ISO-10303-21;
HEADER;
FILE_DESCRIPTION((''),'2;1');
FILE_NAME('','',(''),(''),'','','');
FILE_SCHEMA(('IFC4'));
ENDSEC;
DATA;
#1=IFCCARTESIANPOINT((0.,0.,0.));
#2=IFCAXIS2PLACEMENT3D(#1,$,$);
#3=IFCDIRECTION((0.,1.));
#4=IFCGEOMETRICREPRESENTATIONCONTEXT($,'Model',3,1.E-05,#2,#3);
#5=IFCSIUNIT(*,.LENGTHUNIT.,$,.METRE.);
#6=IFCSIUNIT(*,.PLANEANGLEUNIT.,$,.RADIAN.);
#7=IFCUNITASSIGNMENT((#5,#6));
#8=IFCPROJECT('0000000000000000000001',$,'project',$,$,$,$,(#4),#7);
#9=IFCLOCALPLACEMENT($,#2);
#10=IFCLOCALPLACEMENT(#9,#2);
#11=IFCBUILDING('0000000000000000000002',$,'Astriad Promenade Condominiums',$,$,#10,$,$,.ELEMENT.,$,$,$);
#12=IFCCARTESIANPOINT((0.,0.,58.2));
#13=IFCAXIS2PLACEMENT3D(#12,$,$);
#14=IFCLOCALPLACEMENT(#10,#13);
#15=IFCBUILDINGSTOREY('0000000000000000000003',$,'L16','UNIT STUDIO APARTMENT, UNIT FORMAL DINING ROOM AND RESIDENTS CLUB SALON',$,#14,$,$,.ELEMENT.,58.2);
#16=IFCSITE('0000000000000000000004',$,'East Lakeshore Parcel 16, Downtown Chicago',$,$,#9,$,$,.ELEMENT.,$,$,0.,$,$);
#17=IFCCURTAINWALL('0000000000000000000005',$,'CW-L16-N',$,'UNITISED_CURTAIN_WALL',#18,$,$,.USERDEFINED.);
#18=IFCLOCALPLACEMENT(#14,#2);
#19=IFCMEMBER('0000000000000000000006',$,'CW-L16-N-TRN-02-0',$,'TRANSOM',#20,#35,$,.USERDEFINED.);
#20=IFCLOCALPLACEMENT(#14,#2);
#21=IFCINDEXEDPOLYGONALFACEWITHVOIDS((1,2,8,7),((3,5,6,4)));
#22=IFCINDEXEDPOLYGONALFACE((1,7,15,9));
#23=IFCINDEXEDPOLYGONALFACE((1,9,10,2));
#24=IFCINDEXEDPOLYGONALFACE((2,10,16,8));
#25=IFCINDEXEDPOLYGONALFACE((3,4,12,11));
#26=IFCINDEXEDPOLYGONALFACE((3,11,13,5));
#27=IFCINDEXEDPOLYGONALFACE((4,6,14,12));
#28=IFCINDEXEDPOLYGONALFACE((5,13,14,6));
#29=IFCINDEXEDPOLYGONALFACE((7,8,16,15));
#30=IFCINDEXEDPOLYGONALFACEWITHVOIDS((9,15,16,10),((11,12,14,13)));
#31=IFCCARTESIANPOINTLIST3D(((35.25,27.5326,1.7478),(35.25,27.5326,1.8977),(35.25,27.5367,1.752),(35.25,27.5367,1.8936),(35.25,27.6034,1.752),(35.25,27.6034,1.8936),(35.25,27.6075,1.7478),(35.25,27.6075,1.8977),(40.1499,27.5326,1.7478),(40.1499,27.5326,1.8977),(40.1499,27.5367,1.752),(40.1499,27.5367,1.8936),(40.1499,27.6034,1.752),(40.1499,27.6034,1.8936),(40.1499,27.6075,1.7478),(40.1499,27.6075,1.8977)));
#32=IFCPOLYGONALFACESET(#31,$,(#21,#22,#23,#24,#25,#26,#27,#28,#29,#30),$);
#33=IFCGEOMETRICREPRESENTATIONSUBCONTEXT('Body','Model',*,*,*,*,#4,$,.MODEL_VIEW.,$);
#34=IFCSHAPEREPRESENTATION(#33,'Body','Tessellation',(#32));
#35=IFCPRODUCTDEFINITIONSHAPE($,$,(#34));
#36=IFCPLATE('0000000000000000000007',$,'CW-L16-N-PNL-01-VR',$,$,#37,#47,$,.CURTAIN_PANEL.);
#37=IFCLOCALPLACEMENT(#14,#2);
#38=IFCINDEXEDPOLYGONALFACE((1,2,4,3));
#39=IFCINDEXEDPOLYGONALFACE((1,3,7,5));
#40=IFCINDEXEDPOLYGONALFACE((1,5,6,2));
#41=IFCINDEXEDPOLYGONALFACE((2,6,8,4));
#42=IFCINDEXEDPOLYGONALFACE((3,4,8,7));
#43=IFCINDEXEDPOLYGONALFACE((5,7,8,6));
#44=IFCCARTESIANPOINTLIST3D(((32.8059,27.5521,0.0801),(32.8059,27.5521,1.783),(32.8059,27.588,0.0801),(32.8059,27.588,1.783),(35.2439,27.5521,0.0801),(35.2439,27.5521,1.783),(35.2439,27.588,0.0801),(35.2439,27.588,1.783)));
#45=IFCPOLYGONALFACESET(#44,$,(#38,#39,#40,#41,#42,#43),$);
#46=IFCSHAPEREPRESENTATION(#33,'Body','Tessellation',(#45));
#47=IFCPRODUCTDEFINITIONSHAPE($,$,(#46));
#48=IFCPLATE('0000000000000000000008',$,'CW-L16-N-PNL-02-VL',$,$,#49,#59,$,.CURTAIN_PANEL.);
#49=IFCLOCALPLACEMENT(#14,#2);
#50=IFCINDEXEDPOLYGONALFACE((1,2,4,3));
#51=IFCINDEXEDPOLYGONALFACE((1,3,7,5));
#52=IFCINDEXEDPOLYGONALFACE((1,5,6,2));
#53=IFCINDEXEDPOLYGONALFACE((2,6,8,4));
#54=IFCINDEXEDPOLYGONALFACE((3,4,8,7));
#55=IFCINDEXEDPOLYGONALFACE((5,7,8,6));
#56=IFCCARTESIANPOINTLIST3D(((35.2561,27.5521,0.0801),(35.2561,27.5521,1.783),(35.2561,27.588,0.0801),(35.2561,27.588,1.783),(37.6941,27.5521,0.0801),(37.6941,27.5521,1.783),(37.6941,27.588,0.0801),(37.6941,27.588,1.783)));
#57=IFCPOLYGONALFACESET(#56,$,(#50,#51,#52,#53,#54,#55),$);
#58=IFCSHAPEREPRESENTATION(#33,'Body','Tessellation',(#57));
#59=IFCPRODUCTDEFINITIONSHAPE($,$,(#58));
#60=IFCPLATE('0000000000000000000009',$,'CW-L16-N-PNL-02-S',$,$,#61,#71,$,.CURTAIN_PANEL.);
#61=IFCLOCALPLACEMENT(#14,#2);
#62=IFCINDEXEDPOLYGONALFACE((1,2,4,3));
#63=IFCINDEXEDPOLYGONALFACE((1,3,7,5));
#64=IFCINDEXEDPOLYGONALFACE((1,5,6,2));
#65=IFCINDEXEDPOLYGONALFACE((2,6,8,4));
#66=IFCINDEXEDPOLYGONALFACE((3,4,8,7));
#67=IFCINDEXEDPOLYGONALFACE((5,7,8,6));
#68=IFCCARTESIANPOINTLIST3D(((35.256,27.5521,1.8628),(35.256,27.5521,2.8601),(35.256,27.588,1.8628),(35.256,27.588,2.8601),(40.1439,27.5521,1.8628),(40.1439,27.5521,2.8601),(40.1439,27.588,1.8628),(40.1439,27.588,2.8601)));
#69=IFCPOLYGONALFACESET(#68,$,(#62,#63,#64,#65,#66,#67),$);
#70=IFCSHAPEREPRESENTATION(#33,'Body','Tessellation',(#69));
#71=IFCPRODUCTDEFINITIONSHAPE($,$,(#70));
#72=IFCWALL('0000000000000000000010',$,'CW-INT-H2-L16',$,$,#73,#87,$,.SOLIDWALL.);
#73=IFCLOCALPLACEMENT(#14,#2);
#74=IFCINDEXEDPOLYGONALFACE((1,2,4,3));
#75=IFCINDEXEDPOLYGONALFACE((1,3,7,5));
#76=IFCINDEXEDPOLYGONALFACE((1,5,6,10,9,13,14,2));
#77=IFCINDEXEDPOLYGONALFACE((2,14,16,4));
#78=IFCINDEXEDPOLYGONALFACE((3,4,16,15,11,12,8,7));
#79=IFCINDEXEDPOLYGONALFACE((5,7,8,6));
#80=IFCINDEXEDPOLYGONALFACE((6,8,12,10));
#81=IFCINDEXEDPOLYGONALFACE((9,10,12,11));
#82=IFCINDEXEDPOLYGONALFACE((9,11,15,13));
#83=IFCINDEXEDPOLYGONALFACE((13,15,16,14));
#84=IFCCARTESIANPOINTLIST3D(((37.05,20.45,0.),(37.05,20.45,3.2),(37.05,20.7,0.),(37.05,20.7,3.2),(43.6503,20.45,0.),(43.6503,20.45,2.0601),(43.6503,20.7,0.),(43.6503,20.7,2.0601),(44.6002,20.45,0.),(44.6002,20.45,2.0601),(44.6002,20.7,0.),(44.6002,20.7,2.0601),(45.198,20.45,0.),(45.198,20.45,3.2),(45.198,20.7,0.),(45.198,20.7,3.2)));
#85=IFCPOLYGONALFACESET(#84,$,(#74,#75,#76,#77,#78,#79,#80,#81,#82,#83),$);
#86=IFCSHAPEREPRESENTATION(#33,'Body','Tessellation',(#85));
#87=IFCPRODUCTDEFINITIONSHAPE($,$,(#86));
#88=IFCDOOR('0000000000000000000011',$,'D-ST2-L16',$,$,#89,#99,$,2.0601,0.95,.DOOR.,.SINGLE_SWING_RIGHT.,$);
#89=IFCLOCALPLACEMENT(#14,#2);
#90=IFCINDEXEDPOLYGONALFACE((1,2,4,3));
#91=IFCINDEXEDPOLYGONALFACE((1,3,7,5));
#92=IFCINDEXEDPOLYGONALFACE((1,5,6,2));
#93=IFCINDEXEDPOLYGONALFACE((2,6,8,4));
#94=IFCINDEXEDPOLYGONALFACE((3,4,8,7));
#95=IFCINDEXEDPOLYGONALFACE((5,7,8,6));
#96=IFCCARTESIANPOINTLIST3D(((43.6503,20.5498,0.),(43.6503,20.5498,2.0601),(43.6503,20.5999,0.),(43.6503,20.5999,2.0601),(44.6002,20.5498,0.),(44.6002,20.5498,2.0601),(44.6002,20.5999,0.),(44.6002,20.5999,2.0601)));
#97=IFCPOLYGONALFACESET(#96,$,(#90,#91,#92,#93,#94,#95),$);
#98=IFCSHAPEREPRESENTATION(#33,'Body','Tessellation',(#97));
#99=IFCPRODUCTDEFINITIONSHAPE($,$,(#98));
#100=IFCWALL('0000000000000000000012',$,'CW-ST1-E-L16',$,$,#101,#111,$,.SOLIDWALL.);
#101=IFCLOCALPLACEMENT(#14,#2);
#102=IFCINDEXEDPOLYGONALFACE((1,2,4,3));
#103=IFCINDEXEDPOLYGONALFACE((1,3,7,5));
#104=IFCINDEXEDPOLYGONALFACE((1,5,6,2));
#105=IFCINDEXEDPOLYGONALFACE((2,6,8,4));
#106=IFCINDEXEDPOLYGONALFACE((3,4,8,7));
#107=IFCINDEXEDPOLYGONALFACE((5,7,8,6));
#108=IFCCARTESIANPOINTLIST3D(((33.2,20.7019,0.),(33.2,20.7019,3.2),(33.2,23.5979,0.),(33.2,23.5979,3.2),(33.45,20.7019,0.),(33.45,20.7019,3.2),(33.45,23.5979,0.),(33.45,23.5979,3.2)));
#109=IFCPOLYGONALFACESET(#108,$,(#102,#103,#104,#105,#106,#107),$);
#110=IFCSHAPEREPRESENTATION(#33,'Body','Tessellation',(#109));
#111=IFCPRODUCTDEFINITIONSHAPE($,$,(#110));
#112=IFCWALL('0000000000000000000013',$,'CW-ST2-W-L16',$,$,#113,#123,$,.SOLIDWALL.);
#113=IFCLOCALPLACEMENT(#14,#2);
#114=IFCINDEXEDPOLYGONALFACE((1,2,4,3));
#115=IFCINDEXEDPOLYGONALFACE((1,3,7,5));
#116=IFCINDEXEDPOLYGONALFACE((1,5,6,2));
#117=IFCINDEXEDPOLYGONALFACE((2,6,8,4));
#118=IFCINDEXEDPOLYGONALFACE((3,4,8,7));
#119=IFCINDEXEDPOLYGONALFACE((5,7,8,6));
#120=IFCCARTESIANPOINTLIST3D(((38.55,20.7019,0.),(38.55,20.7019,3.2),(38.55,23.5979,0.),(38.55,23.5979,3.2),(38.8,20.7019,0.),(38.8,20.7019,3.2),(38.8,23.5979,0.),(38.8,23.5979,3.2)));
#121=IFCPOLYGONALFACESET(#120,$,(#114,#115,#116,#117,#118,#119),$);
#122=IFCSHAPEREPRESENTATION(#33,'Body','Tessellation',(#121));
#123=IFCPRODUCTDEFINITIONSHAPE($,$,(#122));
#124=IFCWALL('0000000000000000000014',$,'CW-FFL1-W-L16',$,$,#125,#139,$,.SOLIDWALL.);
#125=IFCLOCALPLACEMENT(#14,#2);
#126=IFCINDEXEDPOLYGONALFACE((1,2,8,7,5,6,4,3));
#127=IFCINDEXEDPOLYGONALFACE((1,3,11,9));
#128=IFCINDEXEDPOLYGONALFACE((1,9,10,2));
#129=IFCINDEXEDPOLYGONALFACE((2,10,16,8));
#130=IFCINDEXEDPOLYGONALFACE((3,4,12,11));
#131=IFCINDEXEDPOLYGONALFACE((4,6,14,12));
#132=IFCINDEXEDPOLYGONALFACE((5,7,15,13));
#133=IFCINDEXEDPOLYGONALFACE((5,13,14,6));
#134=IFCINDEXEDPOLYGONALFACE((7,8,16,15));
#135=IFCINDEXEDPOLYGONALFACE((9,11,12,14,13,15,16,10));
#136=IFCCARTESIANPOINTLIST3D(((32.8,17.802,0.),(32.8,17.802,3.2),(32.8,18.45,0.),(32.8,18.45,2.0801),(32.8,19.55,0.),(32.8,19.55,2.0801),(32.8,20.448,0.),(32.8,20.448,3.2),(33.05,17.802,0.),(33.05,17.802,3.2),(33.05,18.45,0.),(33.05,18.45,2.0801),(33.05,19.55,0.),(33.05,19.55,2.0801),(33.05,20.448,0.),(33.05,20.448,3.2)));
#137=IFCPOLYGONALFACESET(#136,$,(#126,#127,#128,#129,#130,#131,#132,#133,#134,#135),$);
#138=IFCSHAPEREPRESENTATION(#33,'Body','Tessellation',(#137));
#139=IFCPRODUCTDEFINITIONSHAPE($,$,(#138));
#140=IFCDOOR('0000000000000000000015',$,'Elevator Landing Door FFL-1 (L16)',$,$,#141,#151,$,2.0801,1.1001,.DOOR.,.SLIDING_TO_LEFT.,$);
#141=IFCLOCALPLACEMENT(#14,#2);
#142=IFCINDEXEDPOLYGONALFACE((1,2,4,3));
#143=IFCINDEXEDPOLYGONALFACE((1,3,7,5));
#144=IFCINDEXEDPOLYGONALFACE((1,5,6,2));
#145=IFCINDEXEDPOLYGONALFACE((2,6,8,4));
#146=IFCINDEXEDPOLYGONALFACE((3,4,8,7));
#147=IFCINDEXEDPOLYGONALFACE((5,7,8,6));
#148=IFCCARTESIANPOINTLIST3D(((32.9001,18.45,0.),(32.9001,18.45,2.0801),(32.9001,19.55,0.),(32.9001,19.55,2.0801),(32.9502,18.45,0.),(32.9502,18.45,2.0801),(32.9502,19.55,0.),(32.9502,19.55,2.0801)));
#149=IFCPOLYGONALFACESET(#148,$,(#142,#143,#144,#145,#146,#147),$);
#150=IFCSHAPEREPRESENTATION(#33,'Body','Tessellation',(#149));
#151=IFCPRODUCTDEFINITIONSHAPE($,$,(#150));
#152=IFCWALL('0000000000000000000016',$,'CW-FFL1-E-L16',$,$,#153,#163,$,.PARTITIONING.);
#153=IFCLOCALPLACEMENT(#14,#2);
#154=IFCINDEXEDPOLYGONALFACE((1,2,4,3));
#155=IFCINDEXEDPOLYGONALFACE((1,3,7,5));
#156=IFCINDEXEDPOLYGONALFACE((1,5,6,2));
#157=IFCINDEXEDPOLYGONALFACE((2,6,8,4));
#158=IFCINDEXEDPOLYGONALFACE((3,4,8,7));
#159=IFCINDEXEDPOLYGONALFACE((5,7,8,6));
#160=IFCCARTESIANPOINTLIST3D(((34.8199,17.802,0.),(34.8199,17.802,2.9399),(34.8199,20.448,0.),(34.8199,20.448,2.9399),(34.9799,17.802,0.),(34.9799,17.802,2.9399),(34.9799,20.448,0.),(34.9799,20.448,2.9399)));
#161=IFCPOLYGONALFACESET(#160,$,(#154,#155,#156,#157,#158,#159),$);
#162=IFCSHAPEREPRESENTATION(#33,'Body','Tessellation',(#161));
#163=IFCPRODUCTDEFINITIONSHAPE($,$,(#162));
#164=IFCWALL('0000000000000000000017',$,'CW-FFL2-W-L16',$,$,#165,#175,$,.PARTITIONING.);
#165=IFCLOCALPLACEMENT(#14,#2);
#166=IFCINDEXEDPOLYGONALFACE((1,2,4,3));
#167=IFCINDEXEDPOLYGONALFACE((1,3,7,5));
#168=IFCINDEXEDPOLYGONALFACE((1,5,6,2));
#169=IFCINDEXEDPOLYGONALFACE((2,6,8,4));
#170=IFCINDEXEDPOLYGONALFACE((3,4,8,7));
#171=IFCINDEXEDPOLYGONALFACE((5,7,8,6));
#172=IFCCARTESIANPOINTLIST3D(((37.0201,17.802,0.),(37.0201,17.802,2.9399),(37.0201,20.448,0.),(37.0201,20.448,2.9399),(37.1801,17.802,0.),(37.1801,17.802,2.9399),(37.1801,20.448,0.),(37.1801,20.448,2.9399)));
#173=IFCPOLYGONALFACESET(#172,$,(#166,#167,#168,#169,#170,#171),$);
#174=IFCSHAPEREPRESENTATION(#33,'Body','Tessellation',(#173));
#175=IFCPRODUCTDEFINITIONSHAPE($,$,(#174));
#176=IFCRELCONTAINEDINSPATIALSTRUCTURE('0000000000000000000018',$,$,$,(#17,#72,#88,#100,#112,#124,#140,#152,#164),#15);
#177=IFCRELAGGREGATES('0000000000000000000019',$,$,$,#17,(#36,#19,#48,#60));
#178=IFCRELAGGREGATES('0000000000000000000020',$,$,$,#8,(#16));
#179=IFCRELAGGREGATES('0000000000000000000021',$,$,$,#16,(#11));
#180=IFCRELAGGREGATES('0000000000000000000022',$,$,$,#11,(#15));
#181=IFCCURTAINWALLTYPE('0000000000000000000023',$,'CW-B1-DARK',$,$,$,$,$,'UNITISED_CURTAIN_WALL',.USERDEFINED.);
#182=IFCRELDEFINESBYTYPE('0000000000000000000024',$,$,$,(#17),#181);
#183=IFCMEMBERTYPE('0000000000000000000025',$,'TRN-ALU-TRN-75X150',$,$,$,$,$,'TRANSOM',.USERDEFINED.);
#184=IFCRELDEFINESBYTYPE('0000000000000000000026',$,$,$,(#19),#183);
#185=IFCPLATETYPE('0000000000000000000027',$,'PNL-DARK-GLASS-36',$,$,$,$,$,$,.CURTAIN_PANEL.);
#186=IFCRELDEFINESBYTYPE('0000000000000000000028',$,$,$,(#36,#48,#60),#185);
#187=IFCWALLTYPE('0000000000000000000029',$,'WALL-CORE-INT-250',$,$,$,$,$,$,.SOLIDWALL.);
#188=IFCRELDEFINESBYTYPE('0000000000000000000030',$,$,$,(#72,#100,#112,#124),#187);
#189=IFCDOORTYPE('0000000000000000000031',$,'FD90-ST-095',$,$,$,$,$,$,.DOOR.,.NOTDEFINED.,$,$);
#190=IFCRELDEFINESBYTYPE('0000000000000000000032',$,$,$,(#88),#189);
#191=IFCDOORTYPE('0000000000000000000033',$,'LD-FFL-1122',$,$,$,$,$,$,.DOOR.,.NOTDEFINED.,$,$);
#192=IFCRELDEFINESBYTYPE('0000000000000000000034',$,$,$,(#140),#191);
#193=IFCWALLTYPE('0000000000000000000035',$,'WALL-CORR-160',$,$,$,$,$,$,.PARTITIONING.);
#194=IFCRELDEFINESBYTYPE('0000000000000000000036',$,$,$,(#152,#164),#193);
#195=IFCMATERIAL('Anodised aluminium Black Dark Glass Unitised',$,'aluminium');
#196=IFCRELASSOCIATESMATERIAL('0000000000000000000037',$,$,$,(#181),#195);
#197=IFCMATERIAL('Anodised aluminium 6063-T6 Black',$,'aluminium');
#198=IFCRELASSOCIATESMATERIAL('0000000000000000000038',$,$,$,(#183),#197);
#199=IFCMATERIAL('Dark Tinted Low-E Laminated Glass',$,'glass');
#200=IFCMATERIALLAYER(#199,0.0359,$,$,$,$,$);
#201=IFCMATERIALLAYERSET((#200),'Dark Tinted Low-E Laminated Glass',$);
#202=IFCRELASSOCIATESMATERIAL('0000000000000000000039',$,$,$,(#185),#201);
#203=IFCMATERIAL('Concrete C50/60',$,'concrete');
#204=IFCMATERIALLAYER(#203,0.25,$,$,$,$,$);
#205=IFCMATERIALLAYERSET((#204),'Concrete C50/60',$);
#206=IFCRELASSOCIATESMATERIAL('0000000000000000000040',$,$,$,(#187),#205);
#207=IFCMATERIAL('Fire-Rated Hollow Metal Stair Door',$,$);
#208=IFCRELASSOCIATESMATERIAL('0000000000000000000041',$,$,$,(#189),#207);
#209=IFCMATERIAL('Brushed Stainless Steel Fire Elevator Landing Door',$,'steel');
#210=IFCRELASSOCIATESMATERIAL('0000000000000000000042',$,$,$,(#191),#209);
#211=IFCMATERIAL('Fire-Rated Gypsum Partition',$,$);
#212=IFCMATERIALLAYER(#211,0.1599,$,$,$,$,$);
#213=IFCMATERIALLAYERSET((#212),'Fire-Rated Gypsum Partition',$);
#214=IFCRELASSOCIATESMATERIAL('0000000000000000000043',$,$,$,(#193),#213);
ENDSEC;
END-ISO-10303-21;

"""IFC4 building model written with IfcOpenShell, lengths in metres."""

from ifc_helpers import new_model, si_unit, direction, frame, frame_2d, origin, origin_2d, place, context, subcontext, project, spatial, rectangle, hollow_rectangle, extrude, source, transform, mapped, material, layer, layer_set, material_profile, profile_set, type_object, type_shapes, element, fill, aggregate, save


model = new_model("IFC4")

# Units and contexts
model_context = context("Model", 3, precision=1e-05, world=origin(), true_north=direction((0.0, 1.0)))
body_context = subcontext(model_context, "Body", "Model", "MODEL_VIEW")
ifc_project = project(units=[si_unit("LENGTHUNIT", "METRE"), si_unit("PLANEANGLEUNIT", "RADIAN")], contexts=[model_context])

# Site, building, storey
site_placement = place(None, origin())
site = spatial("IfcSite", under=ifc_project, at=site_placement, Name="East Lakeshore Parcel 16, Downtown Chicago", CompositionType="ELEMENT", RefElevation=0.0)
building_placement = place(site_placement, origin())
building = spatial("IfcBuilding", under=site, at=building_placement, Name="Astriad Promenade Condominiums", CompositionType="ELEMENT")
storey_placement = place(building_placement, frame((0.0, 0.0, 58.2)))
storey = spatial("IfcBuildingStorey", under=building, at=storey_placement, Name="L16", Description="UNIT STUDIO APARTMENT, UNIT FORMAL DINING ROOM AND RESIDENTS CLUB SALON", CompositionType="ELEMENT", Elevation=58.2)

# Curtain wall, member, plates
ifc_material_1 = material(Name="Anodised aluminium Black Dark Glass Unitised", Category="aluminium")
curtain_wall_type = type_object("IfcCurtainWallType", Name="CW-B1-DARK", ElementType="UNITISED_CURTAIN_WALL", PredefinedType="USERDEFINED", material=ifc_material_1)
curtain_wall_placement = place(storey_placement, origin())
curtain_wall = element("IfcCurtainWall", 1, at=curtain_wall_placement, inside=storey, type_object=curtain_wall_type, Name="CW-L16-N", ObjectType="UNITISED_CURTAIN_WALL", PredefinedType="USERDEFINED")
ifc_material_2 = material(Name="Anodised aluminium 6063-T6 Black", Category="aluminium")
ifc_material_profile_1 = material_profile(ifc_material_2, hollow_rectangle(XDim=0.075, YDim=0.1499, WallThickness=0.0042, at=origin_2d()), Name="ALU-TRN-75X150")
ifc_profile_set_1 = profile_set([ifc_material_profile_1], Name="Anodised aluminium 6063-T6 Black")
member_type_1 = type_object("IfcMemberType", Name="TRN-ALU-TRN-75X150", ElementType="TRANSOM", PredefinedType="USERDEFINED", material=ifc_profile_set_1)
shared_shape_1 = source(origin(), body_context, "Body", "SweptSolid", [
    extrude(hollow_rectangle(XDim=0.075, YDim=0.1499, WallThickness=0.0042, at=origin_2d()), origin(), (0.0, 0.0, 1.0), 4.8999),
])
type_shapes(member_type_1, [shared_shape_1])
member_1_placement = place(storey_placement, frame((35.25, 27.5701, 1.8228), z_axis=(1.0, 0.0, 0.0), x_axis=(0.0, 1.0, 0.0)))
member_1 = element("IfcMember", 2, at=member_1_placement, type_object=member_type_1, Name="CW-L16-N-TRN-02-0", ObjectType="TRANSOM", PredefinedType="USERDEFINED", context=body_context, shape_type="MappedRepresentation", body=[
    mapped(shared_shape_1, transform((0.0, 0.0, 0.0), scale=1.0)),
])
ifc_material_3 = material(Name="Dark Tinted Low-E Laminated Glass", Category="glass")
ifc_layer_1 = layer(ifc_material_3, 0.0359)
ifc_layer_set_1 = layer_set([ifc_layer_1], Name="Dark Tinted Low-E Laminated Glass")
plate_type = type_object("IfcPlateType", Name="PNL-DARK-GLASS-36", PredefinedType="CURTAIN_PANEL", material=ifc_layer_set_1)
shared_shape_2 = source(origin(), body_context, "Body", "SweptSolid", [
    extrude(rectangle(XDim=2.438, YDim=0.0359, at=origin_2d()), origin(), (0.0, 0.0, 1.0), 1.7029),
])
plate_1_placement = place(storey_placement, frame((34.0249, 27.5701, 0.0801), z_axis=(0.0, 0.0, 1.0), x_axis=(1.0, 0.0, 0.0)))
plate_1 = element("IfcPlate", 3, at=plate_1_placement, type_object=plate_type, Name="CW-L16-N-PNL-01-VR", PredefinedType="CURTAIN_PANEL", context=body_context, shape_type="MappedRepresentation", body=[
    mapped(shared_shape_2, transform((0.0, 0.0, 0.0), scale=1.0)),
])
plate_2_placement = place(storey_placement, frame((36.4751, 27.5701, 0.0801), z_axis=(0.0, 0.0, 1.0), x_axis=(1.0, 0.0, 0.0)))
plate_2 = element("IfcPlate", 4, at=plate_2_placement, type_object=plate_type, Name="CW-L16-N-PNL-02-VL", PredefinedType="CURTAIN_PANEL", context=body_context, shape_type="MappedRepresentation", body=[
    mapped(shared_shape_2, transform((0.0, 0.0, 0.0), scale=1.0)),
])
shared_shape_3 = source(origin(), body_context, "Body", "SweptSolid", [
    extrude(rectangle(XDim=4.8879, YDim=0.0359, at=origin_2d()), origin(), (0.0, 0.0, 1.0), 0.9973),
])
type_shapes(plate_type, [shared_shape_2, shared_shape_3])
plate_3_placement = place(storey_placement, frame((37.7, 27.5701, 1.8628), z_axis=(0.0, 0.0, 1.0), x_axis=(1.0, 0.0, 0.0)))
plate_3 = element("IfcPlate", 5, at=plate_3_placement, type_object=plate_type, Name="CW-L16-N-PNL-02-S", PredefinedType="CURTAIN_PANEL", context=body_context, shape_type="MappedRepresentation", body=[
    mapped(shared_shape_3, transform((0.0, 0.0, 0.0), scale=1.0)),
])
aggregate(curtain_wall, [plate_1, member_1, plate_2, plate_3])

# Wall, opening, door
ifc_material_4 = material(Name="Concrete C50/60", Category="concrete")
ifc_layer_2 = layer(ifc_material_4, 0.25)
ifc_layer_set_2 = layer_set([ifc_layer_2], Name="Concrete C50/60")
wall_type_1 = type_object("IfcWallType", Name="WALL-CORE-INT-250", PredefinedType="SOLIDWALL", material=ifc_layer_set_2)
wall_1_placement = place(storey_placement, frame((37.05, 20.575, 0.0), z_axis=(0.0, 0.0, 1.0), x_axis=(1.0, 0.0, 0.0)))
wall_1 = element("IfcWall", 6, at=wall_1_placement, inside=storey, type_object=wall_type_1, Name="CW-INT-H2-L16", PredefinedType="SOLIDWALL", context=body_context, shape_type="SweptSolid", body=[
    extrude(rectangle(XDim=8.1479, YDim=0.25, at=frame_2d((4.074, 0.0))), origin(), (0.0, 0.0, 1.0), 3.2),
])
opening_1_placement = place(wall_1_placement, frame((6.6001, 0.0, 0.0)))
opening_1 = element("IfcOpeningElement", 7, at=opening_1_placement, cuts=wall_1, PredefinedType="OPENING", context=body_context, shape_type="SweptSolid", body=[
    extrude(rectangle(XDim=0.95, YDim=2.0601, at=frame_2d((0.4751, 1.03))), frame((0.0, 0.135, 0.0), z_axis=(0.0, -1.0, 0.0), x_axis=(1.0, 0.0, 0.0)), (0.0, 0.0, 1.0), 0.27),
])
ifc_material_5 = material(Name="Fire-Rated Hollow Metal Stair Door")
door_type_1 = type_object("IfcDoorType", Name="FD90-ST-095", OperationType="NOTDEFINED", PredefinedType="DOOR", material=ifc_material_5)
shared_shape_4 = source(origin(), body_context, "Body", "SweptSolid", [
    extrude(rectangle(XDim=0.95, YDim=2.0601, at=frame_2d((0.4751, 1.03))), frame((0.0, 0.0249, 0.0), z_axis=(0.0, -1.0, 0.0), x_axis=(1.0, 0.0, 0.0)), (0.0, 0.0, 1.0), 0.05),
])
type_shapes(door_type_1, [shared_shape_4])
door_1_placement = place(opening_1_placement, origin())
door_1 = element("IfcDoor", 8, at=door_1_placement, inside=storey, type_object=door_type_1, Name="D-ST2-L16", OperationType="SINGLE_SWING_RIGHT", OverallHeight=2.0601, OverallWidth=0.95, PredefinedType="DOOR", context=body_context, shape_type="MappedRepresentation", body=[
    mapped(shared_shape_4, transform((0.0, 0.0, 0.0), scale=1.0)),
])
fill(opening_1, door_1)

# Walls
for number, where, z_axis, x_axis, name in (
    (9, (33.325, 20.7019, 0.0), (0.0, 0.0, 1.0), (0.0, 1.0, 0.0), "CW-ST1-E-L16"),
    (10, (38.675, 20.7019, 0.0), (0.0, 0.0, 1.0), (0.0, 1.0, 0.0), "CW-ST2-W-L16"),
):
    element("IfcWall", number, at=place(storey_placement, frame(where, z_axis=z_axis, x_axis=x_axis)), inside=storey, type_object=wall_type_1, Name=name, PredefinedType="SOLIDWALL", context=body_context, shape_type="SweptSolid", body=[
        extrude(rectangle(XDim=2.896, YDim=0.25, at=frame_2d((1.448, 0.0))), origin(), (0.0, 0.0, 1.0), 3.2),
    ])

# Wall, opening, door
wall_2_placement = place(storey_placement, frame((32.925, 17.802, 0.0), z_axis=(0.0, 0.0, 1.0), x_axis=(0.0, 1.0, 0.0)))
wall_2 = element("IfcWall", 11, at=wall_2_placement, inside=storey, type_object=wall_type_1, Name="CW-FFL1-W-L16", PredefinedType="SOLIDWALL", context=body_context, shape_type="SweptSolid", body=[
    extrude(rectangle(XDim=2.646, YDim=0.25, at=frame_2d((1.323, 0.0))), origin(), (0.0, 0.0, 1.0), 3.2),
])
opening_2_placement = place(wall_2_placement, frame((0.6479, 0.0, 0.0)))
opening_2 = element("IfcOpeningElement", 12, at=opening_2_placement, cuts=wall_2, PredefinedType="OPENING", context=body_context, shape_type="SweptSolid", body=[
    extrude(rectangle(XDim=1.1001, YDim=2.0801, at=frame_2d((0.55, 1.04))), frame((0.0, 0.135, 0.0), z_axis=(0.0, -1.0, 0.0), x_axis=(1.0, 0.0, 0.0)), (0.0, 0.0, 1.0), 0.27),
])
ifc_material_6 = material(Name="Brushed Stainless Steel Fire Elevator Landing Door", Category="steel")
door_type_2 = type_object("IfcDoorType", Name="LD-FFL-1122", OperationType="NOTDEFINED", PredefinedType="DOOR", material=ifc_material_6)
shared_shape_5 = source(origin(), body_context, "Body", "SweptSolid", [
    extrude(rectangle(XDim=1.1001, YDim=2.0801, at=frame_2d((0.55, 1.04))), frame((0.0, 0.0249, 0.0), z_axis=(0.0, -1.0, 0.0), x_axis=(1.0, 0.0, 0.0)), (0.0, 0.0, 1.0), 0.05),
])
type_shapes(door_type_2, [shared_shape_5])
door_2_placement = place(opening_2_placement, origin())
door_2 = element("IfcDoor", 13, at=door_2_placement, inside=storey, type_object=door_type_2, Name="Elevator Landing Door FFL-1 (L16)", OperationType="SLIDING_TO_LEFT", OverallHeight=2.0801, OverallWidth=1.1001, PredefinedType="DOOR", context=body_context, shape_type="MappedRepresentation", body=[
    mapped(shared_shape_5, transform((0.0, 0.0, 0.0), scale=1.0)),
])
fill(opening_2, door_2)

# Walls
ifc_material_7 = material(Name="Fire-Rated Gypsum Partition")
ifc_layer_3 = layer(ifc_material_7, 0.1599)
ifc_layer_set_3 = layer_set([ifc_layer_3], Name="Fire-Rated Gypsum Partition")
wall_type_2 = type_object("IfcWallType", Name="WALL-CORR-160", PredefinedType="PARTITIONING", material=ifc_layer_set_3)
for number, where, z_axis, x_axis, name in (
    (14, (34.8999, 17.802, 0.0), (0.0, 0.0, 1.0), (0.0, 1.0, 0.0), "CW-FFL1-E-L16"),
    (15, (37.1001, 17.802, 0.0), (0.0, 0.0, 1.0), (0.0, 1.0, 0.0), "CW-FFL2-W-L16"),
):
    element("IfcWall", number, at=place(storey_placement, frame(where, z_axis=z_axis, x_axis=x_axis)), inside=storey, type_object=wall_type_2, Name=name, PredefinedType="PARTITIONING", context=body_context, shape_type="SweptSolid", body=[
        extrude(rectangle(XDim=2.646, YDim=0.1599, at=frame_2d((1.323, 0.0))), origin(), (0.0, 0.0, 1.0), 2.9399),
    ])

save(model, "model.ifc")
